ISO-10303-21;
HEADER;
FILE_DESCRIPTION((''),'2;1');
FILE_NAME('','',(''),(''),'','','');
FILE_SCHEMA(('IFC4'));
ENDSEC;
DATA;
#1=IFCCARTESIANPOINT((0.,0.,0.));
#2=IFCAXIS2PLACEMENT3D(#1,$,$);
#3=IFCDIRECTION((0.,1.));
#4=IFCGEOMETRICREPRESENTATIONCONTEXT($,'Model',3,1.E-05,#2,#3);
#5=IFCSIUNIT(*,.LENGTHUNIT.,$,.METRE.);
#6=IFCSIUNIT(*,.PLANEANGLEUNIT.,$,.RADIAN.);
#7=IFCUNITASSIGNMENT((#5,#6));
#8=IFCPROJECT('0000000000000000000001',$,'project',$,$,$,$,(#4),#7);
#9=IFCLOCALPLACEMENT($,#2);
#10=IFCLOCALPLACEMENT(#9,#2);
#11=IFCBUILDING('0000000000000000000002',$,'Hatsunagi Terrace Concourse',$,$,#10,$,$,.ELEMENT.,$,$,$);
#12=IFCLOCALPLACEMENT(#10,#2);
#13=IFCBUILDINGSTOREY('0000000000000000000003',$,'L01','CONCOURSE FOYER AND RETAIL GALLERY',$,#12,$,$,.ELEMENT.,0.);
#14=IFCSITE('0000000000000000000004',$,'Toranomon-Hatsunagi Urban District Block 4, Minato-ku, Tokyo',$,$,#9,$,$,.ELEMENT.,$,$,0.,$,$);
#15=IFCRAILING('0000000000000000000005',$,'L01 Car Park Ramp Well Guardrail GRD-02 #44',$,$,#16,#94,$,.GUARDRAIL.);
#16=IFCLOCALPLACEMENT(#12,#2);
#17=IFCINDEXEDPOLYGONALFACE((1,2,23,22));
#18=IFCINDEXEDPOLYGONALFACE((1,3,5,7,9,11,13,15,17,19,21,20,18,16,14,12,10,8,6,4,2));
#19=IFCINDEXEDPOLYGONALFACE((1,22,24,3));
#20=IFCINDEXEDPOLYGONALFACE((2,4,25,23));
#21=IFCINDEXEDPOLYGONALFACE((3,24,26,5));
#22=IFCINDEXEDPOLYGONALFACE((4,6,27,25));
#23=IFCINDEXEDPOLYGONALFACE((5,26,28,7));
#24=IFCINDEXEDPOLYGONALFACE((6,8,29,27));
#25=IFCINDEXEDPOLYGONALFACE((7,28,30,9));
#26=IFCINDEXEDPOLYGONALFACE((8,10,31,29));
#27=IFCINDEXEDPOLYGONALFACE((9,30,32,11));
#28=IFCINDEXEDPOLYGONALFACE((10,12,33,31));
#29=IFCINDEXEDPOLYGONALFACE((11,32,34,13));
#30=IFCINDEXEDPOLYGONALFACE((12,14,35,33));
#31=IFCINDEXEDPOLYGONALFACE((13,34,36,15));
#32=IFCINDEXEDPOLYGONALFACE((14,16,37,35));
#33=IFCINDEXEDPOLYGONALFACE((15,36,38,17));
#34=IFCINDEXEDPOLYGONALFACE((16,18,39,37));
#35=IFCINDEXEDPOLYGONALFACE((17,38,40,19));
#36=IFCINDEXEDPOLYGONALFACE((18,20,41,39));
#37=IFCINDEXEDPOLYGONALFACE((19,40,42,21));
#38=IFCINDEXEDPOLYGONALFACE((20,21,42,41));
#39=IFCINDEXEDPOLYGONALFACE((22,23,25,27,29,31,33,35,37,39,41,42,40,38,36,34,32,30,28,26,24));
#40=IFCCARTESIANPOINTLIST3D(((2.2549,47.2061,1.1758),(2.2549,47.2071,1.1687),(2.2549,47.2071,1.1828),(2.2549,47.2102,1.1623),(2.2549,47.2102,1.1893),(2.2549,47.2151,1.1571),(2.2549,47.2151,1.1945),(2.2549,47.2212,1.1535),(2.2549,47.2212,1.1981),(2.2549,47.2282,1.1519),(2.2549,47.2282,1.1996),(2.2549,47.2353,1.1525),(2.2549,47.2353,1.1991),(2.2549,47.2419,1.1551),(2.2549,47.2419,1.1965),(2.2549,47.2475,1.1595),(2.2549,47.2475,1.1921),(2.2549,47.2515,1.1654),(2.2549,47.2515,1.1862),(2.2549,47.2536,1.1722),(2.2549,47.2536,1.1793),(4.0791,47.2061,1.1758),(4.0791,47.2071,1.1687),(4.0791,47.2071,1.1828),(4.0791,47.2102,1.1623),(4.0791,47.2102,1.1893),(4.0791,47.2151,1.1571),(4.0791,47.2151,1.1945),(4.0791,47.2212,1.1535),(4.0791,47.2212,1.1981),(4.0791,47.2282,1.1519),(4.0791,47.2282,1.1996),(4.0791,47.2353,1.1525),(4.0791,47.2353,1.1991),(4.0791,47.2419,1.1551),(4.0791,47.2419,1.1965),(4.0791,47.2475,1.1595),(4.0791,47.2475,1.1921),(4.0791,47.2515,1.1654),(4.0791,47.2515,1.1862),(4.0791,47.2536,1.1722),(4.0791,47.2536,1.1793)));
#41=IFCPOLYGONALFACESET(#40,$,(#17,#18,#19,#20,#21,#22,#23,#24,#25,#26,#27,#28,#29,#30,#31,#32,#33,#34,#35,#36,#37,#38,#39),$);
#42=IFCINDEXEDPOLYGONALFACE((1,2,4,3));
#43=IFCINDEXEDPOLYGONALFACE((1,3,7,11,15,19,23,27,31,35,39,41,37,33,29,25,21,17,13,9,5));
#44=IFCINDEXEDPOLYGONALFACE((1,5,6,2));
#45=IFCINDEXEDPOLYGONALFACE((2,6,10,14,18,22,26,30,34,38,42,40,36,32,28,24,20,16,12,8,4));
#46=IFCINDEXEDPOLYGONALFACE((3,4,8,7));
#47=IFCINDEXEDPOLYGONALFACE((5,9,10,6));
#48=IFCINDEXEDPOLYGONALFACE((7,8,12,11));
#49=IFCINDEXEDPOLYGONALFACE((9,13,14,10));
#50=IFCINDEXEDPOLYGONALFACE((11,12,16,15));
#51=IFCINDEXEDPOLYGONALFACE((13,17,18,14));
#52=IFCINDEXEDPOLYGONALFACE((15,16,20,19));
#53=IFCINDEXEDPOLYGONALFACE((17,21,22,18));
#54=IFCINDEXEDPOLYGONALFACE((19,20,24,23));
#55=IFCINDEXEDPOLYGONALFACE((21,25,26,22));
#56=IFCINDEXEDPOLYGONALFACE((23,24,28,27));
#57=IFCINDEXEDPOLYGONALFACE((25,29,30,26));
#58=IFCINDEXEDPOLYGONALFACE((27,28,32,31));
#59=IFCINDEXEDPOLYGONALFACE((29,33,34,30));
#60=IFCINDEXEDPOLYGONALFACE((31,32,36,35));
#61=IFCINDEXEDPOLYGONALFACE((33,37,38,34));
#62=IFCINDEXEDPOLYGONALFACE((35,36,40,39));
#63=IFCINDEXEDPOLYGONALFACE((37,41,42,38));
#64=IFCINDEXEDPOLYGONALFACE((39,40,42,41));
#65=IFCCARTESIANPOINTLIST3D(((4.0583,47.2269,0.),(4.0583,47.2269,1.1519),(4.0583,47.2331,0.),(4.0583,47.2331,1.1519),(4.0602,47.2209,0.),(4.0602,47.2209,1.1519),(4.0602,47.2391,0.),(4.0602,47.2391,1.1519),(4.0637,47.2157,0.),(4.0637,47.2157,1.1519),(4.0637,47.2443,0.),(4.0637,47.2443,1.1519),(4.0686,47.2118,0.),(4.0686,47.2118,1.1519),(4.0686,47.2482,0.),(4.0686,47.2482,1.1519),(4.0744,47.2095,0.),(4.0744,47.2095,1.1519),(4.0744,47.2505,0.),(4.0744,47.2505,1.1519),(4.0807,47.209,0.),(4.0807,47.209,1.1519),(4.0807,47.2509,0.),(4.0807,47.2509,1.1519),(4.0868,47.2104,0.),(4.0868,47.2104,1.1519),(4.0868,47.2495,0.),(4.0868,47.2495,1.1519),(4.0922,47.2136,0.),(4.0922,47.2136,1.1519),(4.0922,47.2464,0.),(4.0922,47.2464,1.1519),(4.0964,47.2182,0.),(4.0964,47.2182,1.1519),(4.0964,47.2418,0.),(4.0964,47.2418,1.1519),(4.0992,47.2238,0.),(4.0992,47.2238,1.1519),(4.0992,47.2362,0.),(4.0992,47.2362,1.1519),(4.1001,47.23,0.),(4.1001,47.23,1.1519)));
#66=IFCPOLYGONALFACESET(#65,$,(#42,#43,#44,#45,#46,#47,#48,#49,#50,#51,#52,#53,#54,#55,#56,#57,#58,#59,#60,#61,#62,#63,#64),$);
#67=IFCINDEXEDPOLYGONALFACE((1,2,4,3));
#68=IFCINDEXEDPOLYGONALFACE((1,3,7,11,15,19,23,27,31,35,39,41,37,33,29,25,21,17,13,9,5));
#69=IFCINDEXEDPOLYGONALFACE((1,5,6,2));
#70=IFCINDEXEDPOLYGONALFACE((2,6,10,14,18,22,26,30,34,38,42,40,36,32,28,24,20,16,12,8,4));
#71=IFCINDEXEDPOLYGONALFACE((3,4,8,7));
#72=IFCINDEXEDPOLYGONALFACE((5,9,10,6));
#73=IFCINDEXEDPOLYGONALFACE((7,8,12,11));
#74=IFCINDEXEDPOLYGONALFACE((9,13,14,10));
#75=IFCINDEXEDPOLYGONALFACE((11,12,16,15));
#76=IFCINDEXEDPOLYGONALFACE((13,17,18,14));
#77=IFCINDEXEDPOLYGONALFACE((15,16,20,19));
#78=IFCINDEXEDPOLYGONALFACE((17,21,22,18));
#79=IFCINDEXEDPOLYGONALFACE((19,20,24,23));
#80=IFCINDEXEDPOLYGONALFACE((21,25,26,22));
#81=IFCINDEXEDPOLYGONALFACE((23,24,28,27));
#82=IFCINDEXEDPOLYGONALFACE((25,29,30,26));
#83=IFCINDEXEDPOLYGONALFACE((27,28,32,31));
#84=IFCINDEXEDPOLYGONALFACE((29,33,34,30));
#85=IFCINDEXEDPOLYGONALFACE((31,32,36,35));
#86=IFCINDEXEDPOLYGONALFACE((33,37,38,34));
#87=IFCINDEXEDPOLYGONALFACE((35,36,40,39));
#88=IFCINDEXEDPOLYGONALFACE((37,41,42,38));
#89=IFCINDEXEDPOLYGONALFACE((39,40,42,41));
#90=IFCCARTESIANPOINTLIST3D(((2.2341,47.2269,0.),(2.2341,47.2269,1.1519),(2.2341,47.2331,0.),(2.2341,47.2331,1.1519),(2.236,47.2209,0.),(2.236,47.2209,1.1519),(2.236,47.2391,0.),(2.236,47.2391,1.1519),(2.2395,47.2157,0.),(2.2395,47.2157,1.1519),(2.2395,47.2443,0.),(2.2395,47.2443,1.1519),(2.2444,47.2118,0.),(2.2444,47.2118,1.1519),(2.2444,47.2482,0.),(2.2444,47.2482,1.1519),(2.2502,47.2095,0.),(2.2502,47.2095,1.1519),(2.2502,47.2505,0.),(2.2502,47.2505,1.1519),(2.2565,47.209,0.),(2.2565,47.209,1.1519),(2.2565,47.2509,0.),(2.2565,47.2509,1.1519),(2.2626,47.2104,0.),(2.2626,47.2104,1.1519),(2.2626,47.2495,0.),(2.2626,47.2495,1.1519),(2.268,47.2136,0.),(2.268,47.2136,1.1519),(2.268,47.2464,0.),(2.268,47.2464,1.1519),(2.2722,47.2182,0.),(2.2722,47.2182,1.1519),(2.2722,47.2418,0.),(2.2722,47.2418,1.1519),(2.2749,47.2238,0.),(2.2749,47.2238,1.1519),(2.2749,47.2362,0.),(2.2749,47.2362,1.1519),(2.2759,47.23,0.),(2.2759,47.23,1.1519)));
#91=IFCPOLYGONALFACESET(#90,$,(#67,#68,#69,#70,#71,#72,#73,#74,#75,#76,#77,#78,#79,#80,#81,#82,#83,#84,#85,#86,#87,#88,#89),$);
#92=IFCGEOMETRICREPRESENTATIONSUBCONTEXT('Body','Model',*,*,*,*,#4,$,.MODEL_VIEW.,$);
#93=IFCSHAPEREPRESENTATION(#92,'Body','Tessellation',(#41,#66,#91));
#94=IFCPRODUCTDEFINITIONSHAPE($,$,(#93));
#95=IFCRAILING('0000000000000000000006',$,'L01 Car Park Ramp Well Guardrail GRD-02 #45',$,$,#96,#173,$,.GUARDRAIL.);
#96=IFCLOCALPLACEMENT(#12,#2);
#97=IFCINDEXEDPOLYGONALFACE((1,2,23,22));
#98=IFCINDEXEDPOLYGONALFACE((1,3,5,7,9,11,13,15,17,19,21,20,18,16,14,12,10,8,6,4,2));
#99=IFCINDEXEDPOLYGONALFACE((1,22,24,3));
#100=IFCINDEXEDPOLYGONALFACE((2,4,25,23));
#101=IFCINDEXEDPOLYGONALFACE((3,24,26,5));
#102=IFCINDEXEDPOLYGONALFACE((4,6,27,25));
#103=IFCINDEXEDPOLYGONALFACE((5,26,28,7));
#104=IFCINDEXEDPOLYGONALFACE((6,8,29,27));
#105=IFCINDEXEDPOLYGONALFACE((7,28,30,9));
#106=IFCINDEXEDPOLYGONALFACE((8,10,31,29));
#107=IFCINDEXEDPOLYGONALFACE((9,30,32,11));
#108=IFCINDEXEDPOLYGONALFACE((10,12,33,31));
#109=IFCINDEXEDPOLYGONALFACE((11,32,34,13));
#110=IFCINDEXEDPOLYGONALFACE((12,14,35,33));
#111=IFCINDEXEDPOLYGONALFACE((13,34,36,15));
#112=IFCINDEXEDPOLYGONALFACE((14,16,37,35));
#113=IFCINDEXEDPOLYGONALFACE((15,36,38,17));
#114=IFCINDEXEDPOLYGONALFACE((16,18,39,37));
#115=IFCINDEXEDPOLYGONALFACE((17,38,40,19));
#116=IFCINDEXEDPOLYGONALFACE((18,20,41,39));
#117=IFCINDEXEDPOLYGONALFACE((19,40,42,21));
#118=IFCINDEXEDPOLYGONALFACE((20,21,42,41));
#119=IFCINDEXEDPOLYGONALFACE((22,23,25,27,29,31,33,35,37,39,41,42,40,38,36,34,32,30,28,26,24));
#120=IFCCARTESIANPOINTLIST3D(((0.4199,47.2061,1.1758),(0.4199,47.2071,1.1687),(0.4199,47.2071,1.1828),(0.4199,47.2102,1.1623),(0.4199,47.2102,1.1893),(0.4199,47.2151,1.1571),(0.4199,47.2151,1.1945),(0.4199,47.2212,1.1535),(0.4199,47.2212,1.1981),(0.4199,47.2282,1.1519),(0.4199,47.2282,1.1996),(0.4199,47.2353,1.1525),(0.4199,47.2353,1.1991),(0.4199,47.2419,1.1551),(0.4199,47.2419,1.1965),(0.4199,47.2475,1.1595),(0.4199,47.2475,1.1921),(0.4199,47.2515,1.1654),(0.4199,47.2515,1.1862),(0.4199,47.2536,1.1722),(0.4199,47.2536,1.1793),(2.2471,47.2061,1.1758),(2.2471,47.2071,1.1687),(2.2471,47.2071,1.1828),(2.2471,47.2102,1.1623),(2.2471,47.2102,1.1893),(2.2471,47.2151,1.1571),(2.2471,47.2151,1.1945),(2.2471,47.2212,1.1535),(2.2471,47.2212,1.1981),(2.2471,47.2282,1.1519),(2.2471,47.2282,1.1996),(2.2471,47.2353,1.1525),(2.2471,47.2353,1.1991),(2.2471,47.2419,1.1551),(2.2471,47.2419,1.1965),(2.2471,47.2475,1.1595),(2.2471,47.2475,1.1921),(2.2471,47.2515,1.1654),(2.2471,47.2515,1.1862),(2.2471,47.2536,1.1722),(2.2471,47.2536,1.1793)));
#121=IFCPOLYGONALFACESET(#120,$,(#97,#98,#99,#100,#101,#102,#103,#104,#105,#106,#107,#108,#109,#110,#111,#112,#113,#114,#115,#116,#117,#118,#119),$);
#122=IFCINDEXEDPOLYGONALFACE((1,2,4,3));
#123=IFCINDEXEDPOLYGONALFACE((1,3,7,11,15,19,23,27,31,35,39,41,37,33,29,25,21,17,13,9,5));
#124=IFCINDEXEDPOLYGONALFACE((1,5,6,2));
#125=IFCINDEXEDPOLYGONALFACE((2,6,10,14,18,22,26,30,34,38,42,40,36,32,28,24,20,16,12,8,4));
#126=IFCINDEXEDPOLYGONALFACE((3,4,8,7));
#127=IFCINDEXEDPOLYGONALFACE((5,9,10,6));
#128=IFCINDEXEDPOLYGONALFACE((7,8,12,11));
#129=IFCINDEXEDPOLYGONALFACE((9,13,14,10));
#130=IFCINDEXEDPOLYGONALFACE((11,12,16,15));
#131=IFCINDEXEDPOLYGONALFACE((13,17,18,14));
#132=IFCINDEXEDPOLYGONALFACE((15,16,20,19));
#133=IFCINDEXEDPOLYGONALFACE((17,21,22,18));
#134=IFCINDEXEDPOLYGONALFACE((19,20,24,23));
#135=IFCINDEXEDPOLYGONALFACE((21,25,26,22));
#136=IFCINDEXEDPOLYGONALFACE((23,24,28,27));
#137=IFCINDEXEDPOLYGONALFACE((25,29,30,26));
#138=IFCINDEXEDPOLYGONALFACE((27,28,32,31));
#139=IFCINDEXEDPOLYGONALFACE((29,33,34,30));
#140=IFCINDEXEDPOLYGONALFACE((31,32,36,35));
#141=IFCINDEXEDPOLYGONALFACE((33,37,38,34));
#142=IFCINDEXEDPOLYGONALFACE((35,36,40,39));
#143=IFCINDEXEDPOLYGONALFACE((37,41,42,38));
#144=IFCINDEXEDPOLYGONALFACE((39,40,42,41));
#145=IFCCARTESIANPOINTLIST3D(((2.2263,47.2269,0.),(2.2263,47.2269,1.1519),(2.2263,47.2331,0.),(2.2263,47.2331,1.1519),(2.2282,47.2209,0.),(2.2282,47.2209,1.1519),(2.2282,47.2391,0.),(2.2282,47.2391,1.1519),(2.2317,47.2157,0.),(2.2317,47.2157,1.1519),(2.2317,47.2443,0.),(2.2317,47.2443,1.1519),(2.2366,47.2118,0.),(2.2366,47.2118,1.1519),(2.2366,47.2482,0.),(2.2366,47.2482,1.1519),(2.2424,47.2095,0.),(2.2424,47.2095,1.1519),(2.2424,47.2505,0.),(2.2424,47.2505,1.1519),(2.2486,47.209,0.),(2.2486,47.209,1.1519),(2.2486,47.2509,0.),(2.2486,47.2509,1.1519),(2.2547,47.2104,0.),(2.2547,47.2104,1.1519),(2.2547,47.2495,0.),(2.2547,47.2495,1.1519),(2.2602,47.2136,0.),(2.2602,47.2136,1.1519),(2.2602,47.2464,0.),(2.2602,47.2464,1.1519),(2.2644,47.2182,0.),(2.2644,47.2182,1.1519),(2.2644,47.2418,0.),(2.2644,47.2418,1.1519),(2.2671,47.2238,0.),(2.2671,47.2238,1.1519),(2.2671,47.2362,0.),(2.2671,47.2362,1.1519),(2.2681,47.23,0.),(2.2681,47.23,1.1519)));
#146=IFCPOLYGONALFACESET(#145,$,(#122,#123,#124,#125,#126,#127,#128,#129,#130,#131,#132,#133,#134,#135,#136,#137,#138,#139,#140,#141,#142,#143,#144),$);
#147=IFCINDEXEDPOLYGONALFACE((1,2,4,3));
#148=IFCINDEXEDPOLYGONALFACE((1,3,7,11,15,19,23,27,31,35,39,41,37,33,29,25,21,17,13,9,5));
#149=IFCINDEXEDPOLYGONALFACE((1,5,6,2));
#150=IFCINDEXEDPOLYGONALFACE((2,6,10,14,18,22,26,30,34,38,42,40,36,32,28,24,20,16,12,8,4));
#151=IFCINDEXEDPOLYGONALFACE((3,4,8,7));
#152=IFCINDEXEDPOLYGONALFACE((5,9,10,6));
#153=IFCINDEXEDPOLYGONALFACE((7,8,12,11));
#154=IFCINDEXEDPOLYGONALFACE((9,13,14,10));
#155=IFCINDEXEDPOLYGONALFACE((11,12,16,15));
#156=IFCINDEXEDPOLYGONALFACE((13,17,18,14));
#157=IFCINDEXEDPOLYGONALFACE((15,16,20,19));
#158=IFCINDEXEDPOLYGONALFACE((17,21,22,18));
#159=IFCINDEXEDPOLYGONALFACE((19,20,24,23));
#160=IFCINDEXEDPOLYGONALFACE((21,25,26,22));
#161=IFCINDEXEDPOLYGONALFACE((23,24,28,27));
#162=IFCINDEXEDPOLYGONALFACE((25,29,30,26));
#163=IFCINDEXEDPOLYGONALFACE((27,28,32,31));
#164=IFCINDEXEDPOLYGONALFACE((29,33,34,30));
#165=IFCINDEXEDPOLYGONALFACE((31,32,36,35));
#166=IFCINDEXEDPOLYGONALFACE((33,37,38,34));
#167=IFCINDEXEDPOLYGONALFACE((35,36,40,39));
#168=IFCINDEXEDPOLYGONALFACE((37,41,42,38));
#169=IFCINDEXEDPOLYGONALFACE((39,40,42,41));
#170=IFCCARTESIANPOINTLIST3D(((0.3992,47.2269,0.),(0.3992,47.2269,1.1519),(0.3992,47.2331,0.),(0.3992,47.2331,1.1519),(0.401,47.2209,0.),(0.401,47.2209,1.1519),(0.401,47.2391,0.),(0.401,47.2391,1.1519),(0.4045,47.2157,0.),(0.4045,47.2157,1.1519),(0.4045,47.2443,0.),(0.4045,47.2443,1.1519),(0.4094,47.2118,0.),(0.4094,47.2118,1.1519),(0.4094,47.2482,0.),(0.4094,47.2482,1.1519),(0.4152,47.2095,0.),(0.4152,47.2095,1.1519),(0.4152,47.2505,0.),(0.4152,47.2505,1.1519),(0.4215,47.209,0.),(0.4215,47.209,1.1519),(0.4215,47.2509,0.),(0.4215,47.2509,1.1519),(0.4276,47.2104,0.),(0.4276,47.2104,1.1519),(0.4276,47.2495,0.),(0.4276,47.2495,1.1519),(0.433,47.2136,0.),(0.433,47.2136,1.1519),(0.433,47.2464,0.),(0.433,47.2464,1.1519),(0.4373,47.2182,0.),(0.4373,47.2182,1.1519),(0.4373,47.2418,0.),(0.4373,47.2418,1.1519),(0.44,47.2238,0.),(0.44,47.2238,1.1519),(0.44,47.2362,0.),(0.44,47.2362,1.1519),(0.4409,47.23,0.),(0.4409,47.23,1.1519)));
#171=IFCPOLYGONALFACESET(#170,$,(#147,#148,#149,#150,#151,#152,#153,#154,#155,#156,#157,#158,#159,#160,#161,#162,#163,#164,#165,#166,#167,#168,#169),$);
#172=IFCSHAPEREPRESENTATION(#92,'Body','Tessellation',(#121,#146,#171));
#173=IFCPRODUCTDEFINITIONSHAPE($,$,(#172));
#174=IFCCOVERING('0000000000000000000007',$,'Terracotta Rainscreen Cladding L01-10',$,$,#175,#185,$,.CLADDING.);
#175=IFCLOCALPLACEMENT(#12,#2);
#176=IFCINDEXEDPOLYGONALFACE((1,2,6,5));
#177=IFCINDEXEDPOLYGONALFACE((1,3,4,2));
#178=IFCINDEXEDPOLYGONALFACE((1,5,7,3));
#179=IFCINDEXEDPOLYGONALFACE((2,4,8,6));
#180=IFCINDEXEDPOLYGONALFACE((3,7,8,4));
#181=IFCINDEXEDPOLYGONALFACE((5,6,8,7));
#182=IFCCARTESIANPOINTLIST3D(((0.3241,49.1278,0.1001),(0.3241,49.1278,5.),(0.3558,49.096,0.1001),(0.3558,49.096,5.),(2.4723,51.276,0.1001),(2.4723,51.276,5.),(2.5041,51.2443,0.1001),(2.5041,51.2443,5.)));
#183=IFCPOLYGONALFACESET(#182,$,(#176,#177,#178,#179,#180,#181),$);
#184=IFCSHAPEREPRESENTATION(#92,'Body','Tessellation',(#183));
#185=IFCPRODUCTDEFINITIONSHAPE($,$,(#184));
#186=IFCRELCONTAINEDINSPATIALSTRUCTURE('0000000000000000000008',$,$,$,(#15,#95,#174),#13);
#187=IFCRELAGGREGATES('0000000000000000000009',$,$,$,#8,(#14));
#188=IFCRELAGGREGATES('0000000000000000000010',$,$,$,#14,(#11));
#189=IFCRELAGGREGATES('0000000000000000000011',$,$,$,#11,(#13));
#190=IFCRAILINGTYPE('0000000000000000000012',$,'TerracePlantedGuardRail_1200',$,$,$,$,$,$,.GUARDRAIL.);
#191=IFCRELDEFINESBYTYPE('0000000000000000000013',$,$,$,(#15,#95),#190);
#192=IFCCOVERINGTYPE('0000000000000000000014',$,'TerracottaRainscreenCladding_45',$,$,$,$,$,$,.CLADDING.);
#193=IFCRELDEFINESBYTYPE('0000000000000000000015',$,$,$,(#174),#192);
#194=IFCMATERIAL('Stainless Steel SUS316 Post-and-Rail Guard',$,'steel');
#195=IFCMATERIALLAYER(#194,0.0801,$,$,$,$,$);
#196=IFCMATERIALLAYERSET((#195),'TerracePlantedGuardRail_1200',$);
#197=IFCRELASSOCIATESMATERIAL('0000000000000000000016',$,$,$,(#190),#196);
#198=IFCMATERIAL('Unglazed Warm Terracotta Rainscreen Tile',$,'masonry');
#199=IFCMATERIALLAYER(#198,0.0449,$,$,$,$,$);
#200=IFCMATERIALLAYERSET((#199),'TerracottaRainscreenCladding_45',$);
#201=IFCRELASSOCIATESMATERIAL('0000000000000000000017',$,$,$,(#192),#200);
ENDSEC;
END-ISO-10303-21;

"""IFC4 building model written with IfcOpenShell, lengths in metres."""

from ifc_helpers import new_model, si_unit, direction, frame, origin, origin_2d, place, context, subcontext, project, spatial, rectangle, circle, extrude, material, layer, layer_set, type_object, element, save


model = new_model("IFC4")

# Units and contexts
model_context = context("Model", 3, precision=1e-05, world=origin(), true_north=direction((0.0, 1.0)))
body_context = subcontext(model_context, "Body", "Model", "MODEL_VIEW")
ifc_project = project(units=[si_unit("LENGTHUNIT", "METRE"), si_unit("PLANEANGLEUNIT", "RADIAN")], contexts=[model_context])

# Site, building, storey
site_placement = place(None, origin())
site = spatial("IfcSite", under=ifc_project, at=site_placement, Name="Toranomon-Hatsunagi Urban District Block 4, Minato-ku, Tokyo", CompositionType="ELEMENT", RefElevation=0.0)
building_placement = place(site_placement, origin())
building = spatial("IfcBuilding", under=site, at=building_placement, Name="Hatsunagi Terrace Concourse", CompositionType="ELEMENT")
storey_placement = place(building_placement, origin())
storey = spatial("IfcBuildingStorey", under=building, at=storey_placement, Name="L01", Description="CONCOURSE FOYER AND RETAIL GALLERY", CompositionType="ELEMENT", Elevation=0.0)

# Railings
ifc_material_1 = material(Name="Stainless Steel SUS316 Post-and-Rail Guard", Category="steel")
ifc_layer_1 = layer(ifc_material_1, 0.0801)
ifc_layer_set_1 = layer_set([ifc_layer_1], Name="TerracePlantedGuardRail_1200")
railing_type_1 = type_object("IfcRailingType", Name="TerracePlantedGuardRail_1200", PredefinedType="GUARDRAIL", material=ifc_layer_set_1)
railing_1_placement = place(storey_placement, frame((4.0791, 47.23, 0.0)))
element("IfcRailing", 1, at=railing_1_placement, inside=storey, type_object=railing_type_1, Name="L01 Car Park Ramp Well Guardrail GRD-02 #44", PredefinedType="GUARDRAIL", context=body_context, shape_type="SweptSolid", body=[
    extrude(circle(Radius=0.0239, at=origin_2d()), frame((0.0, 0.0, 1.1758), z_axis=(-1.0, 0.0, 0.0), x_axis=(0.0, -1.0, 0.0)), (0.0, 0.0, 1.0), 1.8242),
    extrude(circle(Radius=0.021, at=origin_2d()), origin(), (0.0, 0.0, 1.0), 1.1519),
    extrude(circle(Radius=0.021, at=origin_2d()), frame((-1.8242, 0.0, 0.0)), (0.0, 0.0, 1.0), 1.1519),
])
railing_2_placement = place(storey_placement, frame((2.2471, 47.23, 0.0)))
element("IfcRailing", 2, at=railing_2_placement, inside=storey, type_object=railing_type_1, Name="L01 Car Park Ramp Well Guardrail GRD-02 #45", PredefinedType="GUARDRAIL", context=body_context, shape_type="SweptSolid", body=[
    extrude(circle(Radius=0.0239, at=origin_2d()), frame((0.0, 0.0, 1.1758), z_axis=(-1.0, 0.0, 0.0), x_axis=(0.0, -1.0, 0.0)), (0.0, 0.0, 1.0), 1.8271),
    extrude(circle(Radius=0.021, at=origin_2d()), origin(), (0.0, 0.0, 1.0), 1.1519),
    extrude(circle(Radius=0.021, at=origin_2d()), frame((-1.8271, 0.0, 0.0)), (0.0, 0.0, 1.0), 1.1519),
])

# Covering
ifc_material_2 = material(Name="Unglazed Warm Terracotta Rainscreen Tile", Category="masonry")
ifc_layer_2 = layer(ifc_material_2, 0.0449)
ifc_layer_set_2 = layer_set([ifc_layer_2], Name="TerracottaRainscreenCladding_45")
covering_type = type_object("IfcCoveringType", Name="TerracottaRainscreenCladding_45", PredefinedType="CLADDING", material=ifc_layer_set_2)
covering_placement = place(storey_placement, frame((1.4141, 50.186, 0.1001), z_axis=(0.0, 0.0, 1.0), x_axis=(0.707107, 0.707107, 0.0)))
element("IfcCovering", 3, at=covering_placement, inside=storey, type_object=covering_type, Name="Terracotta Rainscreen Cladding L01-10", PredefinedType="CLADDING", context=body_context, shape_type="SweptSolid", body=[
    extrude(rectangle(XDim=3.0381, YDim=0.0449, at=origin_2d()), origin(), (0.0, 0.0, 1.0), 4.8999),
])

save(model, "model.ifc")
